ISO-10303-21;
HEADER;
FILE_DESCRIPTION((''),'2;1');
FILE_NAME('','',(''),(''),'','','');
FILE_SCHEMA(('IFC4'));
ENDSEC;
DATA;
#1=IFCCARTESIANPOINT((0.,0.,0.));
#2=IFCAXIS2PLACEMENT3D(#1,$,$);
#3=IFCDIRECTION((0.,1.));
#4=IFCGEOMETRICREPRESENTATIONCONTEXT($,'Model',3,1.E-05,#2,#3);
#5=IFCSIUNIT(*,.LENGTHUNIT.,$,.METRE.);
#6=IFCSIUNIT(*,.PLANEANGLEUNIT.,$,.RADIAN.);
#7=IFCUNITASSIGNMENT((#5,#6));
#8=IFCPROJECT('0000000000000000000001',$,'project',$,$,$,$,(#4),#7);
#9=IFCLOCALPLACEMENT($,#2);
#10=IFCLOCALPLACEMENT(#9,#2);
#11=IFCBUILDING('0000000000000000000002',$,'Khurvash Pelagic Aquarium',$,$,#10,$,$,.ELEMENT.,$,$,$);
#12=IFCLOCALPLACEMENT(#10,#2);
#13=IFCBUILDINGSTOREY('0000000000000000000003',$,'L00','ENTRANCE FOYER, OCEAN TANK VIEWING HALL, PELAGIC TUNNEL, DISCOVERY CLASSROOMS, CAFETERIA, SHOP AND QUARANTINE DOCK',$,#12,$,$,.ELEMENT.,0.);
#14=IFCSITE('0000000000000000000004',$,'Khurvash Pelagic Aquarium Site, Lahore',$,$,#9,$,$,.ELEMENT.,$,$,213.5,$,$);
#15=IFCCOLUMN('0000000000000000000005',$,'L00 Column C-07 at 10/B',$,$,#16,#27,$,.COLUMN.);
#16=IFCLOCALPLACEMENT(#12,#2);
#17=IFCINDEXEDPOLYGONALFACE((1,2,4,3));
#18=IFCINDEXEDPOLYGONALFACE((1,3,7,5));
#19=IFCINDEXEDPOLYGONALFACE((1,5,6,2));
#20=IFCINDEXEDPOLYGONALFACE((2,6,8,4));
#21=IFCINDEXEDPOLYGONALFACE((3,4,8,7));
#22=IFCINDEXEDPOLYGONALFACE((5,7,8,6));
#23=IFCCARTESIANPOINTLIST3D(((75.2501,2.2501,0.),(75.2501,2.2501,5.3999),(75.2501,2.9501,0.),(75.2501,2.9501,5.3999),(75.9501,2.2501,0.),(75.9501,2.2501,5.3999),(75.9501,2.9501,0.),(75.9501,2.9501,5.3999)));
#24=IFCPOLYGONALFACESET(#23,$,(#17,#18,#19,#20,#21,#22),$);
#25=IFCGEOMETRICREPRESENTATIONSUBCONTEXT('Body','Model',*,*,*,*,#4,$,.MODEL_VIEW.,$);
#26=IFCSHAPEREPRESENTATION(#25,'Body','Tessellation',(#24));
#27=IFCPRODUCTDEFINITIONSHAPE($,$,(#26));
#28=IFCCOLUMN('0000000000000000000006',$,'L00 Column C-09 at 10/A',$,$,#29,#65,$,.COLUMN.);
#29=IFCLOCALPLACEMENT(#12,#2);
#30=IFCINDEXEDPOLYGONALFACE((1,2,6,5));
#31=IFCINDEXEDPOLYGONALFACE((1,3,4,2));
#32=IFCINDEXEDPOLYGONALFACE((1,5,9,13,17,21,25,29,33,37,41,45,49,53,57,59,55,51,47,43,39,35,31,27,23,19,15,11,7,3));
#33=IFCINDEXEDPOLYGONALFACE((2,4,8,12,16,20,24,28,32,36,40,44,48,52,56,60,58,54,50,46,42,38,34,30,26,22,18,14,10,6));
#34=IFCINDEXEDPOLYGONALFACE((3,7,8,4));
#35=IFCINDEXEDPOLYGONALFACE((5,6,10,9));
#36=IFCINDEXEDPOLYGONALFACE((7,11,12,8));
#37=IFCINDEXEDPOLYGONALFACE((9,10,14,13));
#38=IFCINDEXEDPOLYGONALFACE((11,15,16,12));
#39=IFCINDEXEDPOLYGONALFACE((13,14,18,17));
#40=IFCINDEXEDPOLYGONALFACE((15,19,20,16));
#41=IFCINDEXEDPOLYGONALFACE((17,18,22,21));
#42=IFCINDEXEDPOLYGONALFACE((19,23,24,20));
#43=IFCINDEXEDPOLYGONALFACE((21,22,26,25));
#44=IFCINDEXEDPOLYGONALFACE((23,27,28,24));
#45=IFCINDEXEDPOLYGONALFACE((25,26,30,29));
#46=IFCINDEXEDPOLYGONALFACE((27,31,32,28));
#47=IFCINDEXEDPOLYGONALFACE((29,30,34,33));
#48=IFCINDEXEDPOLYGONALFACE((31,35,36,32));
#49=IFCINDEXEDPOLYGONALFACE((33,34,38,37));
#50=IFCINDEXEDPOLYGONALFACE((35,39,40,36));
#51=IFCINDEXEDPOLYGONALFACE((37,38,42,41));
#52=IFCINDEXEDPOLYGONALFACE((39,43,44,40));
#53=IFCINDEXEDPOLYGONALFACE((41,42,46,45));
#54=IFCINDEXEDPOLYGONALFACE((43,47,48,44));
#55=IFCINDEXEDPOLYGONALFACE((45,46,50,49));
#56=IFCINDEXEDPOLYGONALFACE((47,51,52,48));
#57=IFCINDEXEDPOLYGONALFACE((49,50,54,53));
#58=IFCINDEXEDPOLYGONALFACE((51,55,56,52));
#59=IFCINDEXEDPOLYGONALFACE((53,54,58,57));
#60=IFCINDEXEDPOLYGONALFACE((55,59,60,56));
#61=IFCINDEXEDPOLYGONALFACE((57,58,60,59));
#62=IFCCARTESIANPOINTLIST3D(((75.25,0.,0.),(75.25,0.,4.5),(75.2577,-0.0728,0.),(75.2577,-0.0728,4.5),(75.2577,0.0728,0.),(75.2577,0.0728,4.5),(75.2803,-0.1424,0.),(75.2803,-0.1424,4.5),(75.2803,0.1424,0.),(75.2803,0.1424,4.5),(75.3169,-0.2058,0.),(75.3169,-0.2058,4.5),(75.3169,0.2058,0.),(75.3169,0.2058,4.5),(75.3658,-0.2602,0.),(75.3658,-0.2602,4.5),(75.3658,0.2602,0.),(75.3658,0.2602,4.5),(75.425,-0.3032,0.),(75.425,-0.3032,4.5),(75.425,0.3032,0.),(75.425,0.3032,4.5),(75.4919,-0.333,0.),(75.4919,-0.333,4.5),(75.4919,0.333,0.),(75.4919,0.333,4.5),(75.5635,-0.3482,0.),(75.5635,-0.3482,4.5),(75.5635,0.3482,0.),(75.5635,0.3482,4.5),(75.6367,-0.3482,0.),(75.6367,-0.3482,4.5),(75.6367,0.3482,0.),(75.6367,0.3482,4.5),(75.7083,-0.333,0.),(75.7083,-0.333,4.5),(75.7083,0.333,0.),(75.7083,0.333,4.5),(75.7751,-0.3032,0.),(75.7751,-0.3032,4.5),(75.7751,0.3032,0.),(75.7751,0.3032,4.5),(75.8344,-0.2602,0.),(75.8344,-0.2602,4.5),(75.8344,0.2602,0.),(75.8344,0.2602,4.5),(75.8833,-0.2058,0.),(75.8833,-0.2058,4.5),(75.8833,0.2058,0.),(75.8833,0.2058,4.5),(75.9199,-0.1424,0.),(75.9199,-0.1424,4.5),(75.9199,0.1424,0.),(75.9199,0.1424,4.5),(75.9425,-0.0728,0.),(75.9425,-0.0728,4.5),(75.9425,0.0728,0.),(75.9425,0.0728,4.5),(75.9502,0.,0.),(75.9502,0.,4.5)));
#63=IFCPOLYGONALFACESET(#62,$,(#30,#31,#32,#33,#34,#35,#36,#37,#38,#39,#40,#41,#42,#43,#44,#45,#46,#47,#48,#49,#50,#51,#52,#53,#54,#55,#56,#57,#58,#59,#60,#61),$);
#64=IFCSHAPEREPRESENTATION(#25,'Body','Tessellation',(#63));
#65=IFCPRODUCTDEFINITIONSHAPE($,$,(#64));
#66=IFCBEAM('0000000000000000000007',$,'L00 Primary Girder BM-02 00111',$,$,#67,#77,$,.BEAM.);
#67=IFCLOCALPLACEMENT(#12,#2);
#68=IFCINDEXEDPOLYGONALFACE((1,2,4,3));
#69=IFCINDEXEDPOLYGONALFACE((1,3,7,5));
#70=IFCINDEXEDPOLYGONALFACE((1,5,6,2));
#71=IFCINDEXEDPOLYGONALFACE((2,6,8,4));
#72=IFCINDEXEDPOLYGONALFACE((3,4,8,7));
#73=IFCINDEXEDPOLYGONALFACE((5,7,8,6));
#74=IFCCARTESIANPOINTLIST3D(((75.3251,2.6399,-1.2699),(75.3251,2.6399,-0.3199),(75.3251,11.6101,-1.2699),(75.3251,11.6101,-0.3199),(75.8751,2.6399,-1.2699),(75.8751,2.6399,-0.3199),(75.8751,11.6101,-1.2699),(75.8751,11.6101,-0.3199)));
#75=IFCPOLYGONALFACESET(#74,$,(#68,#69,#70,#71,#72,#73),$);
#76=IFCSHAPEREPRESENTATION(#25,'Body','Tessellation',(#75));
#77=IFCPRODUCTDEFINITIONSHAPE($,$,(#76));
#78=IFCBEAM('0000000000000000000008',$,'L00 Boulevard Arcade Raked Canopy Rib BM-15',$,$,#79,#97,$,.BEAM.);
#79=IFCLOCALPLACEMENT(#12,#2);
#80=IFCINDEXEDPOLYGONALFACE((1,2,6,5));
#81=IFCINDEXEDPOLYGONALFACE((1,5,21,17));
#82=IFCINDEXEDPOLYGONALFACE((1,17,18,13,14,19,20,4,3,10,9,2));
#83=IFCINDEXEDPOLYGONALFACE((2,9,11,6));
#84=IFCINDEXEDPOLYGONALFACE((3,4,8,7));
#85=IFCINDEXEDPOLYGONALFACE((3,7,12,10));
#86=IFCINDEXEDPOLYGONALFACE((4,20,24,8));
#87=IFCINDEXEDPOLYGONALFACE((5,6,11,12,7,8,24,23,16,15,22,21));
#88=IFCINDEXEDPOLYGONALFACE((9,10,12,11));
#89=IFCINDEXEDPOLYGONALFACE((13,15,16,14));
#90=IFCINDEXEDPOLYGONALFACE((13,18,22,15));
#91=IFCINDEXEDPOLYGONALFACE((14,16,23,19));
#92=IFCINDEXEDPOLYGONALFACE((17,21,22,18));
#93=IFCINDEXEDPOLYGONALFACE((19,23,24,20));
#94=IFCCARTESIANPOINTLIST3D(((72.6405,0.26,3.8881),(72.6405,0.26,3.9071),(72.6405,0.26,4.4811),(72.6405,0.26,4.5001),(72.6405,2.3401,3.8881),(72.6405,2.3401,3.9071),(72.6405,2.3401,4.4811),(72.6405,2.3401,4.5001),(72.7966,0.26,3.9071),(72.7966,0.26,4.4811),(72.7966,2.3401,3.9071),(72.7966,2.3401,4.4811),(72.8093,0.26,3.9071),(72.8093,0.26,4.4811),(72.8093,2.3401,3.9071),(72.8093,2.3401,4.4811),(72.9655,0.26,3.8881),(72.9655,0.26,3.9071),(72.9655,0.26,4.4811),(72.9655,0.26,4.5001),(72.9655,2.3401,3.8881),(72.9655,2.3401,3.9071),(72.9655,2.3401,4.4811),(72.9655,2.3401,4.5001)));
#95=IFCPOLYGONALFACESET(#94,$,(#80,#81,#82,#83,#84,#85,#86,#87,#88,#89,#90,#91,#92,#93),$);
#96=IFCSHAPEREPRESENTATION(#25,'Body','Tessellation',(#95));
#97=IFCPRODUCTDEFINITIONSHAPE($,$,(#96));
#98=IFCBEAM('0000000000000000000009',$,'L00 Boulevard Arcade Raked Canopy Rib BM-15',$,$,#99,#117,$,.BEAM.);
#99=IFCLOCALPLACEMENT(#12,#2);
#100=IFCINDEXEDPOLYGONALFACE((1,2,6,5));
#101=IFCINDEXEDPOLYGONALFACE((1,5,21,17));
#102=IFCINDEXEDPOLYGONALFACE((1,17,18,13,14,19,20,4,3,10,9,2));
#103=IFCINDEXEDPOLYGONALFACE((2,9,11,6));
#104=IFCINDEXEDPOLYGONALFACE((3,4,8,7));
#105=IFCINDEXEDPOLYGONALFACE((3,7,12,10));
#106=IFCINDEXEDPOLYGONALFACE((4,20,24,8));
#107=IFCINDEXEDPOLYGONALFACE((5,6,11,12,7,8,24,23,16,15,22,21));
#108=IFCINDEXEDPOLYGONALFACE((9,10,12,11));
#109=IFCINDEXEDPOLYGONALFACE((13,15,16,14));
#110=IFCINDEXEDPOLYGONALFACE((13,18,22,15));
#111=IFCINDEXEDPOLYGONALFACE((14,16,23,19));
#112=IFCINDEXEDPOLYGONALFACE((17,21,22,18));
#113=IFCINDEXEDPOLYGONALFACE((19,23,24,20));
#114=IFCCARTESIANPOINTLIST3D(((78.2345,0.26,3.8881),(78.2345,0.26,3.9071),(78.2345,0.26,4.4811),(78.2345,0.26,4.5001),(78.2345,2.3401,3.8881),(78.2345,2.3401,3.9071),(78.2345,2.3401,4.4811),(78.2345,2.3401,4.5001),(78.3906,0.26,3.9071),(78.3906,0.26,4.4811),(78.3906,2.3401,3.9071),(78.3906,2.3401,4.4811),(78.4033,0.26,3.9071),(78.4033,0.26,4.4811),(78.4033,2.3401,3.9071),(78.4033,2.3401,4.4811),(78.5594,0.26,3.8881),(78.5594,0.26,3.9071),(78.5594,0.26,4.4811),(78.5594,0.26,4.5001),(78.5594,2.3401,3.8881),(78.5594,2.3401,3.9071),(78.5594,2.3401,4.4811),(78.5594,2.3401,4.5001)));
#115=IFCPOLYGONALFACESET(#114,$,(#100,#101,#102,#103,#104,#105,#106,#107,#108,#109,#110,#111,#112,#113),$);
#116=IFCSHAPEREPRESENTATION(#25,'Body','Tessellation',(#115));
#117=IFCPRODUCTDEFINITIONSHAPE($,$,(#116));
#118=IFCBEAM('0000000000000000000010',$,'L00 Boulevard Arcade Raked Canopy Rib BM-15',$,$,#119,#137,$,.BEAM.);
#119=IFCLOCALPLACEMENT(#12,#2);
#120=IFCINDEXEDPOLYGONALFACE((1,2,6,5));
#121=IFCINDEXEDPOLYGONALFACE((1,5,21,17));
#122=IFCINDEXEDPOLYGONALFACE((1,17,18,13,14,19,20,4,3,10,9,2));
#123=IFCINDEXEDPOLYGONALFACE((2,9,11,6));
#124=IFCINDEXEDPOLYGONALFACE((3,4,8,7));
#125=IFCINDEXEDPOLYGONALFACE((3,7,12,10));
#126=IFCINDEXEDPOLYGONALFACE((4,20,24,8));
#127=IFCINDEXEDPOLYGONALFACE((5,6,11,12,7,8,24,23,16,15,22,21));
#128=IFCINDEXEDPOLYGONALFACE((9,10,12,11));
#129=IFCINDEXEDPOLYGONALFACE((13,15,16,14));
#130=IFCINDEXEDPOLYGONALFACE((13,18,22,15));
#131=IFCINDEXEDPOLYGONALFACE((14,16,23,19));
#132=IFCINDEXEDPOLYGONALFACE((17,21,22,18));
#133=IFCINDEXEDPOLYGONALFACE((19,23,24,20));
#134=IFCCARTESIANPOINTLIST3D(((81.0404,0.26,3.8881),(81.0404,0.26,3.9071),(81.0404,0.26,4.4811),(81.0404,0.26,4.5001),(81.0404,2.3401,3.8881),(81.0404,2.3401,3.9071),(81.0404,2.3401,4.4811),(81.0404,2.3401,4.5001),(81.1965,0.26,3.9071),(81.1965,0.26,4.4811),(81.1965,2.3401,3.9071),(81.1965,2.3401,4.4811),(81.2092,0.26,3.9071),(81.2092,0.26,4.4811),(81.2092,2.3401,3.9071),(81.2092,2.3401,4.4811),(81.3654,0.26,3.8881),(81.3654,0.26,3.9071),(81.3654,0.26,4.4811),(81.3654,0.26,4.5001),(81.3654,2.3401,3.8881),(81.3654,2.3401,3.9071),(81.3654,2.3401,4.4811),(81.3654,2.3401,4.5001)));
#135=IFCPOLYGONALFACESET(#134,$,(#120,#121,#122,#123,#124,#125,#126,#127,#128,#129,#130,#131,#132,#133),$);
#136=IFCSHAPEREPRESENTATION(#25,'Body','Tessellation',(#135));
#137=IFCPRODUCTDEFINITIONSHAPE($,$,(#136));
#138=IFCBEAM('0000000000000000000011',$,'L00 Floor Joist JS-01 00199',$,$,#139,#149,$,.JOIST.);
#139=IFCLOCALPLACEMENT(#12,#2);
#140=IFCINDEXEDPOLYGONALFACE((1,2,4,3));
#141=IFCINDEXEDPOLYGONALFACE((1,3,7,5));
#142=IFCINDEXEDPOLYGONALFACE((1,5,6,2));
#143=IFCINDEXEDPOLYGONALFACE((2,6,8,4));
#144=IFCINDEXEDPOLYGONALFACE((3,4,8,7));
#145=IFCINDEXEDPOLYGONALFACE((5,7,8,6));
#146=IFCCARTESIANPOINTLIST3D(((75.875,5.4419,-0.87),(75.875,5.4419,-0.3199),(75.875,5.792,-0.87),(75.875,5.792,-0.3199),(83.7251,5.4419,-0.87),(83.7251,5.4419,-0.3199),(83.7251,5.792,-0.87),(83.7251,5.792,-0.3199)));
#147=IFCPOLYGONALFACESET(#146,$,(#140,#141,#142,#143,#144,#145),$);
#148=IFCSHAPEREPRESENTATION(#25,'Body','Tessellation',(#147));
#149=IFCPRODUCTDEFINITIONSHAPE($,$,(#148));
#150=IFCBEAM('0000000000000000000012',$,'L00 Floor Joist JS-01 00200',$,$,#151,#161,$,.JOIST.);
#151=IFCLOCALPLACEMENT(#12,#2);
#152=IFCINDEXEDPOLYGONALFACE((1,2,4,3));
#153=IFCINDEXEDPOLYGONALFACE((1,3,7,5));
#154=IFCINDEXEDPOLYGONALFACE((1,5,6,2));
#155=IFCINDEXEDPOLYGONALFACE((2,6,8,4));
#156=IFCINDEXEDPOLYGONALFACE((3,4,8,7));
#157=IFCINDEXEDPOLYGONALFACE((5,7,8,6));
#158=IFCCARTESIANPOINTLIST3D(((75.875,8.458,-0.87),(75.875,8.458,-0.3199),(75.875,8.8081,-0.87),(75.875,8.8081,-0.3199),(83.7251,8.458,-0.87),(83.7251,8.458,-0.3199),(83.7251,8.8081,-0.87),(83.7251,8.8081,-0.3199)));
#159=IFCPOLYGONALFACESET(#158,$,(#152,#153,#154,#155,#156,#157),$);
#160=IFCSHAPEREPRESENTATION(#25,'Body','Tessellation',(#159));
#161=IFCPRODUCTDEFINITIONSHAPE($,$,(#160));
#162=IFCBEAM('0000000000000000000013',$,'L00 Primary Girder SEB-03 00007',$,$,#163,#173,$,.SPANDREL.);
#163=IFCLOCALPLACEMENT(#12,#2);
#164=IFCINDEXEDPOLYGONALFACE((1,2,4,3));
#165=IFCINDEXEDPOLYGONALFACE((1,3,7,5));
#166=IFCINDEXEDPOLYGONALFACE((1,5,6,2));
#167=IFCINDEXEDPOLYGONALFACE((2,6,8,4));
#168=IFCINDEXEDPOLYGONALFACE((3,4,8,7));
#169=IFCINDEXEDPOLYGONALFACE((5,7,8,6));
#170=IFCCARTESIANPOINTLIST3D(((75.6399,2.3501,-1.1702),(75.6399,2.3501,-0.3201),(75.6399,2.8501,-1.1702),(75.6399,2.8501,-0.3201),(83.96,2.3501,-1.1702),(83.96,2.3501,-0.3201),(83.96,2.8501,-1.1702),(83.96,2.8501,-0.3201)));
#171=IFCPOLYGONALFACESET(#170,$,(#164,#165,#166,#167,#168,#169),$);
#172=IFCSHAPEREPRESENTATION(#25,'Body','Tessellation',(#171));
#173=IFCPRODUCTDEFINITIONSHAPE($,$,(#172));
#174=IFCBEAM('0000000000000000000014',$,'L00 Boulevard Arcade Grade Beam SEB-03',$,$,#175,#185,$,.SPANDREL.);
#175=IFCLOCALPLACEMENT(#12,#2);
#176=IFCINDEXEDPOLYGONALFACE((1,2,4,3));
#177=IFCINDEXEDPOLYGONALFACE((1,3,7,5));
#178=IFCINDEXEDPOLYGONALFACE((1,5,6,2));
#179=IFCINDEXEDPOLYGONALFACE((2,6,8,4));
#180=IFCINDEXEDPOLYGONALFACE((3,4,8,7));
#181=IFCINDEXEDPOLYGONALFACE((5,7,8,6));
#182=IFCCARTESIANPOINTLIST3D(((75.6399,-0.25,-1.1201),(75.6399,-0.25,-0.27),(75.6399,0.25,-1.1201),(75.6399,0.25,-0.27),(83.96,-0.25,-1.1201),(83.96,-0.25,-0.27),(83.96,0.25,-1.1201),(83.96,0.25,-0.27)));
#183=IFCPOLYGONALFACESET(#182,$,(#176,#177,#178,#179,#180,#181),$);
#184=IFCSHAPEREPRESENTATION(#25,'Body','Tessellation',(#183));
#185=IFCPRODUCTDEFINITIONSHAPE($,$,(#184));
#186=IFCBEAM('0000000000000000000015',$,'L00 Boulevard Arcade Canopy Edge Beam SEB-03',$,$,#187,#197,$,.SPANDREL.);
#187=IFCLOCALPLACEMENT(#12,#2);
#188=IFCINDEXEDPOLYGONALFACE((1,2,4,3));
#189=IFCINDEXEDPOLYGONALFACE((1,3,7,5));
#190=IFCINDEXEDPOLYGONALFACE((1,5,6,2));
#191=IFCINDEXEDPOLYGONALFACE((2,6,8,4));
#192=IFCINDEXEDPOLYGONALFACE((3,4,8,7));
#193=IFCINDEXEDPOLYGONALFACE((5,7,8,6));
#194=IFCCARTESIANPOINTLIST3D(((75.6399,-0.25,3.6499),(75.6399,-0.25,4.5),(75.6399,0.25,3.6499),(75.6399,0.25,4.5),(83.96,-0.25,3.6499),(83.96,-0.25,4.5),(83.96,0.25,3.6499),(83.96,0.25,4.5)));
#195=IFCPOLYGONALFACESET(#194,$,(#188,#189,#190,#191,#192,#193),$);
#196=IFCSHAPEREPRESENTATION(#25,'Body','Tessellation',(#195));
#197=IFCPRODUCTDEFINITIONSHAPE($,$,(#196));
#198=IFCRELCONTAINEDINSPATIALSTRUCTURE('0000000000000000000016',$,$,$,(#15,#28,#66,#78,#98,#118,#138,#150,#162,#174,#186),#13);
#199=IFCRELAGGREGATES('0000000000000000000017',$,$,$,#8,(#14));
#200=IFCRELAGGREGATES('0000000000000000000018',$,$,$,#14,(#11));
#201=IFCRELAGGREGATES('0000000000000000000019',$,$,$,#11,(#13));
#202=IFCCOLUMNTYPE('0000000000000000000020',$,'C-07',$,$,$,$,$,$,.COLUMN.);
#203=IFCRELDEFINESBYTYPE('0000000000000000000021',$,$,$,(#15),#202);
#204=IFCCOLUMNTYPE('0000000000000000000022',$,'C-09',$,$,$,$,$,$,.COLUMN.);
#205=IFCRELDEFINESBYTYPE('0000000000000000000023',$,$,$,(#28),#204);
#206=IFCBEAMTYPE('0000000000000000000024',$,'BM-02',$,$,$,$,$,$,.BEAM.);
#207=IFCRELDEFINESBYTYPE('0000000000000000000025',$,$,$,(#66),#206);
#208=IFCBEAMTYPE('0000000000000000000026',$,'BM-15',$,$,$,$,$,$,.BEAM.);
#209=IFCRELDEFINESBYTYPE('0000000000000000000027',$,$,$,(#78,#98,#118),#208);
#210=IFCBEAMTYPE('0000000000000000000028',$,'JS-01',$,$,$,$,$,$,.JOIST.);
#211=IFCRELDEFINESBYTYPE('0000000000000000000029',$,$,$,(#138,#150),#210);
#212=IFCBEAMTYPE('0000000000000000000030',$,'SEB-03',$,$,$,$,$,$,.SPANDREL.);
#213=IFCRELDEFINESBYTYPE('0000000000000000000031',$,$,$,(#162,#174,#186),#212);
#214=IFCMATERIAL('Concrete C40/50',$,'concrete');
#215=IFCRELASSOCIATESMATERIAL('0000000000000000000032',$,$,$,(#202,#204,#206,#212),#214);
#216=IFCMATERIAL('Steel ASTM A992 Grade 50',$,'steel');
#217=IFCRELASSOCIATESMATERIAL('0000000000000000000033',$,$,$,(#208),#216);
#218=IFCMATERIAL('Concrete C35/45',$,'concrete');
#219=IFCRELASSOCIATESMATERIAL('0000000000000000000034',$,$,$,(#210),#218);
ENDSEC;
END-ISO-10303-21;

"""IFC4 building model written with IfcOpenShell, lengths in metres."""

from ifc_helpers import new_model, si_unit, direction, frame, origin, origin_2d, place, context, subcontext, project, spatial, rectangle, circle, i_section, extrude, material, material_profile, profile_set, type_object, element, save


model = new_model("IFC4")

# Units and contexts
model_context = context("Model", 3, precision=1e-05, world=origin(), true_north=direction((0.0, 1.0)))
body_context = subcontext(model_context, "Body", "Model", "MODEL_VIEW")
ifc_project = project(units=[si_unit("LENGTHUNIT", "METRE"), si_unit("PLANEANGLEUNIT", "RADIAN")], contexts=[model_context])

# Site, building, storey
site_placement = place(None, origin())
site = spatial("IfcSite", under=ifc_project, at=site_placement, Name="Khurvash Pelagic Aquarium Site, Lahore", CompositionType="ELEMENT", RefElevation=213.5)
building_placement = place(site_placement, origin())
building = spatial("IfcBuilding", under=site, at=building_placement, Name="Khurvash Pelagic Aquarium", CompositionType="ELEMENT")
storey_placement = place(building_placement, origin())
storey = spatial("IfcBuildingStorey", under=building, at=storey_placement, Name="L00", Description="ENTRANCE FOYER, OCEAN TANK VIEWING HALL, PELAGIC TUNNEL, DISCOVERY CLASSROOMS, CAFETERIA, SHOP AND QUARANTINE DOCK", CompositionType="ELEMENT", Elevation=0.0)

# Columns
ifc_material_1 = material(Name="Concrete C40/50", Category="concrete")
ifc_material_profile_1 = material_profile(ifc_material_1, rectangle(XDim=0.7, YDim=0.7, at=origin_2d()), Name="RC700X700")
ifc_profile_set_1 = profile_set([ifc_material_profile_1], Name="Concrete C40/50")
column_type_1 = type_object("IfcColumnType", Name="C-07", PredefinedType="COLUMN", material=ifc_profile_set_1)
column_1_placement = place(storey_placement, frame((75.6001, 2.6001, 0.0), z_axis=(0.0, 0.0, 1.0), x_axis=(1.0, 0.0, 0.0)))
element("IfcColumn", 1, at=column_1_placement, inside=storey, type_object=column_type_1, Name="L00 Column C-07 at 10/B", PredefinedType="COLUMN", context=body_context, shape_type="SweptSolid", body=[
    extrude(rectangle(XDim=0.7, YDim=0.7, at=origin_2d()), origin(), (0.0, 0.0, 1.0), 5.3999),
])
ifc_material_profile_2 = material_profile(ifc_material_1, circle(Radius=0.3501, at=origin_2d()), Name="RC700D")
ifc_profile_set_2 = profile_set([ifc_material_profile_2], Name="Concrete C40/50")
column_type_2 = type_object("IfcColumnType", Name="C-09", PredefinedType="COLUMN", material=ifc_profile_set_2)
column_2_placement = place(storey_placement, frame((75.6001, 0.0, 0.0), z_axis=(0.0, 0.0, 1.0), x_axis=(1.0, 0.0, 0.0)))
element("IfcColumn", 2, at=column_2_placement, inside=storey, type_object=column_type_2, Name="L00 Column C-09 at 10/A", PredefinedType="COLUMN", context=body_context, shape_type="SweptSolid", body=[
    extrude(circle(Radius=0.3501, at=origin_2d()), origin(), (0.0, 0.0, 1.0), 4.5),
])

# Beams
ifc_material_profile_3 = material_profile(ifc_material_1, rectangle(XDim=0.55, YDim=0.95, at=origin_2d()), Name="RC550X950")
ifc_profile_set_3 = profile_set([ifc_material_profile_3], Name="Concrete C40/50")
beam_type_1 = type_object("IfcBeamType", Name="BM-02", PredefinedType="BEAM", material=ifc_profile_set_3)
beam_placement = place(storey_placement, frame((75.6001, 2.6399, -0.7949), z_axis=(0.0, 1.0, 0.0), x_axis=(-1.0, 0.0, 0.0)))
element("IfcBeam", 3, at=beam_placement, inside=storey, type_object=beam_type_1, Name="L00 Primary Girder BM-02 00111", PredefinedType="BEAM", context=body_context, shape_type="SweptSolid", body=[
    extrude(rectangle(XDim=0.55, YDim=0.95, at=origin_2d()), origin(), (0.0, 0.0, 1.0), 8.9702),
])
ifc_material_2 = material(Name="Steel ASTM A992 Grade 50", Category="steel")
ifc_material_profile_4 = material_profile(ifc_material_2, i_section(OverallWidth=0.325, OverallDepth=0.6121, WebThickness=0.0127, FlangeThickness=0.019, at=origin_2d()), Name="W24X104")
ifc_profile_set_4 = profile_set([ifc_material_profile_4], Name="Steel ASTM A992 Grade 50")
beam_type_2 = type_object("IfcBeamType", Name="BM-15", PredefinedType="BEAM", material=ifc_profile_set_4)
for number, where, z_axis, x_axis, name in (
    (4, (72.803, 2.3401, 4.1941), (0.0, -1.0, 0.0), (1.0, 0.0, 0.0), "L00 Boulevard Arcade Raked Canopy Rib BM-15"),
    (5, (78.397, 2.3401, 4.1941), (0.0, -1.0, 0.0), (1.0, 0.0, 0.0), "L00 Boulevard Arcade Raked Canopy Rib BM-15"),
    (6, (81.2029, 2.3401, 4.1941), (0.0, -1.0, 0.0), (1.0, 0.0, 0.0), "L00 Boulevard Arcade Raked Canopy Rib BM-15"),
):
    element("IfcBeam", number, at=place(storey_placement, frame(where, z_axis=z_axis, x_axis=x_axis)), inside=storey, type_object=beam_type_2, Name=name, PredefinedType="BEAM", context=body_context, shape_type="SweptSolid", body=[
        extrude(i_section(OverallWidth=0.325, OverallDepth=0.6121, WebThickness=0.0127, FlangeThickness=0.019, at=origin_2d()), origin(), (0.0, 0.0, 1.0), 2.0801),
    ])
ifc_material_3 = material(Name="Concrete C35/45", Category="concrete")
ifc_material_profile_5 = material_profile(ifc_material_3, rectangle(XDim=0.3501, YDim=0.55, at=origin_2d()), Name="RC350X550")
ifc_profile_set_5 = profile_set([ifc_material_profile_5], Name="Concrete C35/45")
beam_type_3 = type_object("IfcBeamType", Name="JS-01", PredefinedType="JOIST", material=ifc_profile_set_5)
for number, where, z_axis, x_axis, name in (
    (7, (75.875, 5.6169, -0.595), (1.0, 0.0, 0.0), (0.0, 1.0, 0.0), "L00 Floor Joist JS-01 00199"),
    (8, (75.875, 8.6331, -0.595), (1.0, 0.0, 0.0), (0.0, 1.0, 0.0), "L00 Floor Joist JS-01 00200"),
):
    element("IfcBeam", number, at=place(storey_placement, frame(where, z_axis=z_axis, x_axis=x_axis)), inside=storey, type_object=beam_type_3, Name=name, PredefinedType="JOIST", context=body_context, shape_type="SweptSolid", body=[
        extrude(rectangle(XDim=0.3501, YDim=0.55, at=origin_2d()), origin(), (0.0, 0.0, 1.0), 7.8501),
    ])
ifc_material_profile_6 = material_profile(ifc_material_1, rectangle(XDim=0.5, YDim=0.8501, at=origin_2d()), Name="RC500X850")
ifc_profile_set_6 = profile_set([ifc_material_profile_6], Name="Concrete C40/50")
beam_type_4 = type_object("IfcBeamType", Name="SEB-03", PredefinedType="SPANDREL", material=ifc_profile_set_6)
for number, where, z_axis, x_axis, name in (
    (9, (75.6399, 2.6001, -0.7451), (1.0, 0.0, 0.0), (0.0, 1.0, 0.0), "L00 Primary Girder SEB-03 00007"),
    (10, (75.6399, 0.0, -0.6951), (1.0, 0.0, 0.0), (0.0, 1.0, 0.0), "L00 Boulevard Arcade Grade Beam SEB-03"),
    (11, (75.6399, 0.0, 4.075), (1.0, 0.0, 0.0), (0.0, 1.0, 0.0), "L00 Boulevard Arcade Canopy Edge Beam SEB-03"),
):
    element("IfcBeam", number, at=place(storey_placement, frame(where, z_axis=z_axis, x_axis=x_axis)), inside=storey, type_object=beam_type_4, Name=name, PredefinedType="SPANDREL", context=body_context, shape_type="SweptSolid", body=[
        extrude(rectangle(XDim=0.5, YDim=0.8501, at=origin_2d()), origin(), (0.0, 0.0, 1.0), 8.3201),
    ])

save(model, "model.ifc")
